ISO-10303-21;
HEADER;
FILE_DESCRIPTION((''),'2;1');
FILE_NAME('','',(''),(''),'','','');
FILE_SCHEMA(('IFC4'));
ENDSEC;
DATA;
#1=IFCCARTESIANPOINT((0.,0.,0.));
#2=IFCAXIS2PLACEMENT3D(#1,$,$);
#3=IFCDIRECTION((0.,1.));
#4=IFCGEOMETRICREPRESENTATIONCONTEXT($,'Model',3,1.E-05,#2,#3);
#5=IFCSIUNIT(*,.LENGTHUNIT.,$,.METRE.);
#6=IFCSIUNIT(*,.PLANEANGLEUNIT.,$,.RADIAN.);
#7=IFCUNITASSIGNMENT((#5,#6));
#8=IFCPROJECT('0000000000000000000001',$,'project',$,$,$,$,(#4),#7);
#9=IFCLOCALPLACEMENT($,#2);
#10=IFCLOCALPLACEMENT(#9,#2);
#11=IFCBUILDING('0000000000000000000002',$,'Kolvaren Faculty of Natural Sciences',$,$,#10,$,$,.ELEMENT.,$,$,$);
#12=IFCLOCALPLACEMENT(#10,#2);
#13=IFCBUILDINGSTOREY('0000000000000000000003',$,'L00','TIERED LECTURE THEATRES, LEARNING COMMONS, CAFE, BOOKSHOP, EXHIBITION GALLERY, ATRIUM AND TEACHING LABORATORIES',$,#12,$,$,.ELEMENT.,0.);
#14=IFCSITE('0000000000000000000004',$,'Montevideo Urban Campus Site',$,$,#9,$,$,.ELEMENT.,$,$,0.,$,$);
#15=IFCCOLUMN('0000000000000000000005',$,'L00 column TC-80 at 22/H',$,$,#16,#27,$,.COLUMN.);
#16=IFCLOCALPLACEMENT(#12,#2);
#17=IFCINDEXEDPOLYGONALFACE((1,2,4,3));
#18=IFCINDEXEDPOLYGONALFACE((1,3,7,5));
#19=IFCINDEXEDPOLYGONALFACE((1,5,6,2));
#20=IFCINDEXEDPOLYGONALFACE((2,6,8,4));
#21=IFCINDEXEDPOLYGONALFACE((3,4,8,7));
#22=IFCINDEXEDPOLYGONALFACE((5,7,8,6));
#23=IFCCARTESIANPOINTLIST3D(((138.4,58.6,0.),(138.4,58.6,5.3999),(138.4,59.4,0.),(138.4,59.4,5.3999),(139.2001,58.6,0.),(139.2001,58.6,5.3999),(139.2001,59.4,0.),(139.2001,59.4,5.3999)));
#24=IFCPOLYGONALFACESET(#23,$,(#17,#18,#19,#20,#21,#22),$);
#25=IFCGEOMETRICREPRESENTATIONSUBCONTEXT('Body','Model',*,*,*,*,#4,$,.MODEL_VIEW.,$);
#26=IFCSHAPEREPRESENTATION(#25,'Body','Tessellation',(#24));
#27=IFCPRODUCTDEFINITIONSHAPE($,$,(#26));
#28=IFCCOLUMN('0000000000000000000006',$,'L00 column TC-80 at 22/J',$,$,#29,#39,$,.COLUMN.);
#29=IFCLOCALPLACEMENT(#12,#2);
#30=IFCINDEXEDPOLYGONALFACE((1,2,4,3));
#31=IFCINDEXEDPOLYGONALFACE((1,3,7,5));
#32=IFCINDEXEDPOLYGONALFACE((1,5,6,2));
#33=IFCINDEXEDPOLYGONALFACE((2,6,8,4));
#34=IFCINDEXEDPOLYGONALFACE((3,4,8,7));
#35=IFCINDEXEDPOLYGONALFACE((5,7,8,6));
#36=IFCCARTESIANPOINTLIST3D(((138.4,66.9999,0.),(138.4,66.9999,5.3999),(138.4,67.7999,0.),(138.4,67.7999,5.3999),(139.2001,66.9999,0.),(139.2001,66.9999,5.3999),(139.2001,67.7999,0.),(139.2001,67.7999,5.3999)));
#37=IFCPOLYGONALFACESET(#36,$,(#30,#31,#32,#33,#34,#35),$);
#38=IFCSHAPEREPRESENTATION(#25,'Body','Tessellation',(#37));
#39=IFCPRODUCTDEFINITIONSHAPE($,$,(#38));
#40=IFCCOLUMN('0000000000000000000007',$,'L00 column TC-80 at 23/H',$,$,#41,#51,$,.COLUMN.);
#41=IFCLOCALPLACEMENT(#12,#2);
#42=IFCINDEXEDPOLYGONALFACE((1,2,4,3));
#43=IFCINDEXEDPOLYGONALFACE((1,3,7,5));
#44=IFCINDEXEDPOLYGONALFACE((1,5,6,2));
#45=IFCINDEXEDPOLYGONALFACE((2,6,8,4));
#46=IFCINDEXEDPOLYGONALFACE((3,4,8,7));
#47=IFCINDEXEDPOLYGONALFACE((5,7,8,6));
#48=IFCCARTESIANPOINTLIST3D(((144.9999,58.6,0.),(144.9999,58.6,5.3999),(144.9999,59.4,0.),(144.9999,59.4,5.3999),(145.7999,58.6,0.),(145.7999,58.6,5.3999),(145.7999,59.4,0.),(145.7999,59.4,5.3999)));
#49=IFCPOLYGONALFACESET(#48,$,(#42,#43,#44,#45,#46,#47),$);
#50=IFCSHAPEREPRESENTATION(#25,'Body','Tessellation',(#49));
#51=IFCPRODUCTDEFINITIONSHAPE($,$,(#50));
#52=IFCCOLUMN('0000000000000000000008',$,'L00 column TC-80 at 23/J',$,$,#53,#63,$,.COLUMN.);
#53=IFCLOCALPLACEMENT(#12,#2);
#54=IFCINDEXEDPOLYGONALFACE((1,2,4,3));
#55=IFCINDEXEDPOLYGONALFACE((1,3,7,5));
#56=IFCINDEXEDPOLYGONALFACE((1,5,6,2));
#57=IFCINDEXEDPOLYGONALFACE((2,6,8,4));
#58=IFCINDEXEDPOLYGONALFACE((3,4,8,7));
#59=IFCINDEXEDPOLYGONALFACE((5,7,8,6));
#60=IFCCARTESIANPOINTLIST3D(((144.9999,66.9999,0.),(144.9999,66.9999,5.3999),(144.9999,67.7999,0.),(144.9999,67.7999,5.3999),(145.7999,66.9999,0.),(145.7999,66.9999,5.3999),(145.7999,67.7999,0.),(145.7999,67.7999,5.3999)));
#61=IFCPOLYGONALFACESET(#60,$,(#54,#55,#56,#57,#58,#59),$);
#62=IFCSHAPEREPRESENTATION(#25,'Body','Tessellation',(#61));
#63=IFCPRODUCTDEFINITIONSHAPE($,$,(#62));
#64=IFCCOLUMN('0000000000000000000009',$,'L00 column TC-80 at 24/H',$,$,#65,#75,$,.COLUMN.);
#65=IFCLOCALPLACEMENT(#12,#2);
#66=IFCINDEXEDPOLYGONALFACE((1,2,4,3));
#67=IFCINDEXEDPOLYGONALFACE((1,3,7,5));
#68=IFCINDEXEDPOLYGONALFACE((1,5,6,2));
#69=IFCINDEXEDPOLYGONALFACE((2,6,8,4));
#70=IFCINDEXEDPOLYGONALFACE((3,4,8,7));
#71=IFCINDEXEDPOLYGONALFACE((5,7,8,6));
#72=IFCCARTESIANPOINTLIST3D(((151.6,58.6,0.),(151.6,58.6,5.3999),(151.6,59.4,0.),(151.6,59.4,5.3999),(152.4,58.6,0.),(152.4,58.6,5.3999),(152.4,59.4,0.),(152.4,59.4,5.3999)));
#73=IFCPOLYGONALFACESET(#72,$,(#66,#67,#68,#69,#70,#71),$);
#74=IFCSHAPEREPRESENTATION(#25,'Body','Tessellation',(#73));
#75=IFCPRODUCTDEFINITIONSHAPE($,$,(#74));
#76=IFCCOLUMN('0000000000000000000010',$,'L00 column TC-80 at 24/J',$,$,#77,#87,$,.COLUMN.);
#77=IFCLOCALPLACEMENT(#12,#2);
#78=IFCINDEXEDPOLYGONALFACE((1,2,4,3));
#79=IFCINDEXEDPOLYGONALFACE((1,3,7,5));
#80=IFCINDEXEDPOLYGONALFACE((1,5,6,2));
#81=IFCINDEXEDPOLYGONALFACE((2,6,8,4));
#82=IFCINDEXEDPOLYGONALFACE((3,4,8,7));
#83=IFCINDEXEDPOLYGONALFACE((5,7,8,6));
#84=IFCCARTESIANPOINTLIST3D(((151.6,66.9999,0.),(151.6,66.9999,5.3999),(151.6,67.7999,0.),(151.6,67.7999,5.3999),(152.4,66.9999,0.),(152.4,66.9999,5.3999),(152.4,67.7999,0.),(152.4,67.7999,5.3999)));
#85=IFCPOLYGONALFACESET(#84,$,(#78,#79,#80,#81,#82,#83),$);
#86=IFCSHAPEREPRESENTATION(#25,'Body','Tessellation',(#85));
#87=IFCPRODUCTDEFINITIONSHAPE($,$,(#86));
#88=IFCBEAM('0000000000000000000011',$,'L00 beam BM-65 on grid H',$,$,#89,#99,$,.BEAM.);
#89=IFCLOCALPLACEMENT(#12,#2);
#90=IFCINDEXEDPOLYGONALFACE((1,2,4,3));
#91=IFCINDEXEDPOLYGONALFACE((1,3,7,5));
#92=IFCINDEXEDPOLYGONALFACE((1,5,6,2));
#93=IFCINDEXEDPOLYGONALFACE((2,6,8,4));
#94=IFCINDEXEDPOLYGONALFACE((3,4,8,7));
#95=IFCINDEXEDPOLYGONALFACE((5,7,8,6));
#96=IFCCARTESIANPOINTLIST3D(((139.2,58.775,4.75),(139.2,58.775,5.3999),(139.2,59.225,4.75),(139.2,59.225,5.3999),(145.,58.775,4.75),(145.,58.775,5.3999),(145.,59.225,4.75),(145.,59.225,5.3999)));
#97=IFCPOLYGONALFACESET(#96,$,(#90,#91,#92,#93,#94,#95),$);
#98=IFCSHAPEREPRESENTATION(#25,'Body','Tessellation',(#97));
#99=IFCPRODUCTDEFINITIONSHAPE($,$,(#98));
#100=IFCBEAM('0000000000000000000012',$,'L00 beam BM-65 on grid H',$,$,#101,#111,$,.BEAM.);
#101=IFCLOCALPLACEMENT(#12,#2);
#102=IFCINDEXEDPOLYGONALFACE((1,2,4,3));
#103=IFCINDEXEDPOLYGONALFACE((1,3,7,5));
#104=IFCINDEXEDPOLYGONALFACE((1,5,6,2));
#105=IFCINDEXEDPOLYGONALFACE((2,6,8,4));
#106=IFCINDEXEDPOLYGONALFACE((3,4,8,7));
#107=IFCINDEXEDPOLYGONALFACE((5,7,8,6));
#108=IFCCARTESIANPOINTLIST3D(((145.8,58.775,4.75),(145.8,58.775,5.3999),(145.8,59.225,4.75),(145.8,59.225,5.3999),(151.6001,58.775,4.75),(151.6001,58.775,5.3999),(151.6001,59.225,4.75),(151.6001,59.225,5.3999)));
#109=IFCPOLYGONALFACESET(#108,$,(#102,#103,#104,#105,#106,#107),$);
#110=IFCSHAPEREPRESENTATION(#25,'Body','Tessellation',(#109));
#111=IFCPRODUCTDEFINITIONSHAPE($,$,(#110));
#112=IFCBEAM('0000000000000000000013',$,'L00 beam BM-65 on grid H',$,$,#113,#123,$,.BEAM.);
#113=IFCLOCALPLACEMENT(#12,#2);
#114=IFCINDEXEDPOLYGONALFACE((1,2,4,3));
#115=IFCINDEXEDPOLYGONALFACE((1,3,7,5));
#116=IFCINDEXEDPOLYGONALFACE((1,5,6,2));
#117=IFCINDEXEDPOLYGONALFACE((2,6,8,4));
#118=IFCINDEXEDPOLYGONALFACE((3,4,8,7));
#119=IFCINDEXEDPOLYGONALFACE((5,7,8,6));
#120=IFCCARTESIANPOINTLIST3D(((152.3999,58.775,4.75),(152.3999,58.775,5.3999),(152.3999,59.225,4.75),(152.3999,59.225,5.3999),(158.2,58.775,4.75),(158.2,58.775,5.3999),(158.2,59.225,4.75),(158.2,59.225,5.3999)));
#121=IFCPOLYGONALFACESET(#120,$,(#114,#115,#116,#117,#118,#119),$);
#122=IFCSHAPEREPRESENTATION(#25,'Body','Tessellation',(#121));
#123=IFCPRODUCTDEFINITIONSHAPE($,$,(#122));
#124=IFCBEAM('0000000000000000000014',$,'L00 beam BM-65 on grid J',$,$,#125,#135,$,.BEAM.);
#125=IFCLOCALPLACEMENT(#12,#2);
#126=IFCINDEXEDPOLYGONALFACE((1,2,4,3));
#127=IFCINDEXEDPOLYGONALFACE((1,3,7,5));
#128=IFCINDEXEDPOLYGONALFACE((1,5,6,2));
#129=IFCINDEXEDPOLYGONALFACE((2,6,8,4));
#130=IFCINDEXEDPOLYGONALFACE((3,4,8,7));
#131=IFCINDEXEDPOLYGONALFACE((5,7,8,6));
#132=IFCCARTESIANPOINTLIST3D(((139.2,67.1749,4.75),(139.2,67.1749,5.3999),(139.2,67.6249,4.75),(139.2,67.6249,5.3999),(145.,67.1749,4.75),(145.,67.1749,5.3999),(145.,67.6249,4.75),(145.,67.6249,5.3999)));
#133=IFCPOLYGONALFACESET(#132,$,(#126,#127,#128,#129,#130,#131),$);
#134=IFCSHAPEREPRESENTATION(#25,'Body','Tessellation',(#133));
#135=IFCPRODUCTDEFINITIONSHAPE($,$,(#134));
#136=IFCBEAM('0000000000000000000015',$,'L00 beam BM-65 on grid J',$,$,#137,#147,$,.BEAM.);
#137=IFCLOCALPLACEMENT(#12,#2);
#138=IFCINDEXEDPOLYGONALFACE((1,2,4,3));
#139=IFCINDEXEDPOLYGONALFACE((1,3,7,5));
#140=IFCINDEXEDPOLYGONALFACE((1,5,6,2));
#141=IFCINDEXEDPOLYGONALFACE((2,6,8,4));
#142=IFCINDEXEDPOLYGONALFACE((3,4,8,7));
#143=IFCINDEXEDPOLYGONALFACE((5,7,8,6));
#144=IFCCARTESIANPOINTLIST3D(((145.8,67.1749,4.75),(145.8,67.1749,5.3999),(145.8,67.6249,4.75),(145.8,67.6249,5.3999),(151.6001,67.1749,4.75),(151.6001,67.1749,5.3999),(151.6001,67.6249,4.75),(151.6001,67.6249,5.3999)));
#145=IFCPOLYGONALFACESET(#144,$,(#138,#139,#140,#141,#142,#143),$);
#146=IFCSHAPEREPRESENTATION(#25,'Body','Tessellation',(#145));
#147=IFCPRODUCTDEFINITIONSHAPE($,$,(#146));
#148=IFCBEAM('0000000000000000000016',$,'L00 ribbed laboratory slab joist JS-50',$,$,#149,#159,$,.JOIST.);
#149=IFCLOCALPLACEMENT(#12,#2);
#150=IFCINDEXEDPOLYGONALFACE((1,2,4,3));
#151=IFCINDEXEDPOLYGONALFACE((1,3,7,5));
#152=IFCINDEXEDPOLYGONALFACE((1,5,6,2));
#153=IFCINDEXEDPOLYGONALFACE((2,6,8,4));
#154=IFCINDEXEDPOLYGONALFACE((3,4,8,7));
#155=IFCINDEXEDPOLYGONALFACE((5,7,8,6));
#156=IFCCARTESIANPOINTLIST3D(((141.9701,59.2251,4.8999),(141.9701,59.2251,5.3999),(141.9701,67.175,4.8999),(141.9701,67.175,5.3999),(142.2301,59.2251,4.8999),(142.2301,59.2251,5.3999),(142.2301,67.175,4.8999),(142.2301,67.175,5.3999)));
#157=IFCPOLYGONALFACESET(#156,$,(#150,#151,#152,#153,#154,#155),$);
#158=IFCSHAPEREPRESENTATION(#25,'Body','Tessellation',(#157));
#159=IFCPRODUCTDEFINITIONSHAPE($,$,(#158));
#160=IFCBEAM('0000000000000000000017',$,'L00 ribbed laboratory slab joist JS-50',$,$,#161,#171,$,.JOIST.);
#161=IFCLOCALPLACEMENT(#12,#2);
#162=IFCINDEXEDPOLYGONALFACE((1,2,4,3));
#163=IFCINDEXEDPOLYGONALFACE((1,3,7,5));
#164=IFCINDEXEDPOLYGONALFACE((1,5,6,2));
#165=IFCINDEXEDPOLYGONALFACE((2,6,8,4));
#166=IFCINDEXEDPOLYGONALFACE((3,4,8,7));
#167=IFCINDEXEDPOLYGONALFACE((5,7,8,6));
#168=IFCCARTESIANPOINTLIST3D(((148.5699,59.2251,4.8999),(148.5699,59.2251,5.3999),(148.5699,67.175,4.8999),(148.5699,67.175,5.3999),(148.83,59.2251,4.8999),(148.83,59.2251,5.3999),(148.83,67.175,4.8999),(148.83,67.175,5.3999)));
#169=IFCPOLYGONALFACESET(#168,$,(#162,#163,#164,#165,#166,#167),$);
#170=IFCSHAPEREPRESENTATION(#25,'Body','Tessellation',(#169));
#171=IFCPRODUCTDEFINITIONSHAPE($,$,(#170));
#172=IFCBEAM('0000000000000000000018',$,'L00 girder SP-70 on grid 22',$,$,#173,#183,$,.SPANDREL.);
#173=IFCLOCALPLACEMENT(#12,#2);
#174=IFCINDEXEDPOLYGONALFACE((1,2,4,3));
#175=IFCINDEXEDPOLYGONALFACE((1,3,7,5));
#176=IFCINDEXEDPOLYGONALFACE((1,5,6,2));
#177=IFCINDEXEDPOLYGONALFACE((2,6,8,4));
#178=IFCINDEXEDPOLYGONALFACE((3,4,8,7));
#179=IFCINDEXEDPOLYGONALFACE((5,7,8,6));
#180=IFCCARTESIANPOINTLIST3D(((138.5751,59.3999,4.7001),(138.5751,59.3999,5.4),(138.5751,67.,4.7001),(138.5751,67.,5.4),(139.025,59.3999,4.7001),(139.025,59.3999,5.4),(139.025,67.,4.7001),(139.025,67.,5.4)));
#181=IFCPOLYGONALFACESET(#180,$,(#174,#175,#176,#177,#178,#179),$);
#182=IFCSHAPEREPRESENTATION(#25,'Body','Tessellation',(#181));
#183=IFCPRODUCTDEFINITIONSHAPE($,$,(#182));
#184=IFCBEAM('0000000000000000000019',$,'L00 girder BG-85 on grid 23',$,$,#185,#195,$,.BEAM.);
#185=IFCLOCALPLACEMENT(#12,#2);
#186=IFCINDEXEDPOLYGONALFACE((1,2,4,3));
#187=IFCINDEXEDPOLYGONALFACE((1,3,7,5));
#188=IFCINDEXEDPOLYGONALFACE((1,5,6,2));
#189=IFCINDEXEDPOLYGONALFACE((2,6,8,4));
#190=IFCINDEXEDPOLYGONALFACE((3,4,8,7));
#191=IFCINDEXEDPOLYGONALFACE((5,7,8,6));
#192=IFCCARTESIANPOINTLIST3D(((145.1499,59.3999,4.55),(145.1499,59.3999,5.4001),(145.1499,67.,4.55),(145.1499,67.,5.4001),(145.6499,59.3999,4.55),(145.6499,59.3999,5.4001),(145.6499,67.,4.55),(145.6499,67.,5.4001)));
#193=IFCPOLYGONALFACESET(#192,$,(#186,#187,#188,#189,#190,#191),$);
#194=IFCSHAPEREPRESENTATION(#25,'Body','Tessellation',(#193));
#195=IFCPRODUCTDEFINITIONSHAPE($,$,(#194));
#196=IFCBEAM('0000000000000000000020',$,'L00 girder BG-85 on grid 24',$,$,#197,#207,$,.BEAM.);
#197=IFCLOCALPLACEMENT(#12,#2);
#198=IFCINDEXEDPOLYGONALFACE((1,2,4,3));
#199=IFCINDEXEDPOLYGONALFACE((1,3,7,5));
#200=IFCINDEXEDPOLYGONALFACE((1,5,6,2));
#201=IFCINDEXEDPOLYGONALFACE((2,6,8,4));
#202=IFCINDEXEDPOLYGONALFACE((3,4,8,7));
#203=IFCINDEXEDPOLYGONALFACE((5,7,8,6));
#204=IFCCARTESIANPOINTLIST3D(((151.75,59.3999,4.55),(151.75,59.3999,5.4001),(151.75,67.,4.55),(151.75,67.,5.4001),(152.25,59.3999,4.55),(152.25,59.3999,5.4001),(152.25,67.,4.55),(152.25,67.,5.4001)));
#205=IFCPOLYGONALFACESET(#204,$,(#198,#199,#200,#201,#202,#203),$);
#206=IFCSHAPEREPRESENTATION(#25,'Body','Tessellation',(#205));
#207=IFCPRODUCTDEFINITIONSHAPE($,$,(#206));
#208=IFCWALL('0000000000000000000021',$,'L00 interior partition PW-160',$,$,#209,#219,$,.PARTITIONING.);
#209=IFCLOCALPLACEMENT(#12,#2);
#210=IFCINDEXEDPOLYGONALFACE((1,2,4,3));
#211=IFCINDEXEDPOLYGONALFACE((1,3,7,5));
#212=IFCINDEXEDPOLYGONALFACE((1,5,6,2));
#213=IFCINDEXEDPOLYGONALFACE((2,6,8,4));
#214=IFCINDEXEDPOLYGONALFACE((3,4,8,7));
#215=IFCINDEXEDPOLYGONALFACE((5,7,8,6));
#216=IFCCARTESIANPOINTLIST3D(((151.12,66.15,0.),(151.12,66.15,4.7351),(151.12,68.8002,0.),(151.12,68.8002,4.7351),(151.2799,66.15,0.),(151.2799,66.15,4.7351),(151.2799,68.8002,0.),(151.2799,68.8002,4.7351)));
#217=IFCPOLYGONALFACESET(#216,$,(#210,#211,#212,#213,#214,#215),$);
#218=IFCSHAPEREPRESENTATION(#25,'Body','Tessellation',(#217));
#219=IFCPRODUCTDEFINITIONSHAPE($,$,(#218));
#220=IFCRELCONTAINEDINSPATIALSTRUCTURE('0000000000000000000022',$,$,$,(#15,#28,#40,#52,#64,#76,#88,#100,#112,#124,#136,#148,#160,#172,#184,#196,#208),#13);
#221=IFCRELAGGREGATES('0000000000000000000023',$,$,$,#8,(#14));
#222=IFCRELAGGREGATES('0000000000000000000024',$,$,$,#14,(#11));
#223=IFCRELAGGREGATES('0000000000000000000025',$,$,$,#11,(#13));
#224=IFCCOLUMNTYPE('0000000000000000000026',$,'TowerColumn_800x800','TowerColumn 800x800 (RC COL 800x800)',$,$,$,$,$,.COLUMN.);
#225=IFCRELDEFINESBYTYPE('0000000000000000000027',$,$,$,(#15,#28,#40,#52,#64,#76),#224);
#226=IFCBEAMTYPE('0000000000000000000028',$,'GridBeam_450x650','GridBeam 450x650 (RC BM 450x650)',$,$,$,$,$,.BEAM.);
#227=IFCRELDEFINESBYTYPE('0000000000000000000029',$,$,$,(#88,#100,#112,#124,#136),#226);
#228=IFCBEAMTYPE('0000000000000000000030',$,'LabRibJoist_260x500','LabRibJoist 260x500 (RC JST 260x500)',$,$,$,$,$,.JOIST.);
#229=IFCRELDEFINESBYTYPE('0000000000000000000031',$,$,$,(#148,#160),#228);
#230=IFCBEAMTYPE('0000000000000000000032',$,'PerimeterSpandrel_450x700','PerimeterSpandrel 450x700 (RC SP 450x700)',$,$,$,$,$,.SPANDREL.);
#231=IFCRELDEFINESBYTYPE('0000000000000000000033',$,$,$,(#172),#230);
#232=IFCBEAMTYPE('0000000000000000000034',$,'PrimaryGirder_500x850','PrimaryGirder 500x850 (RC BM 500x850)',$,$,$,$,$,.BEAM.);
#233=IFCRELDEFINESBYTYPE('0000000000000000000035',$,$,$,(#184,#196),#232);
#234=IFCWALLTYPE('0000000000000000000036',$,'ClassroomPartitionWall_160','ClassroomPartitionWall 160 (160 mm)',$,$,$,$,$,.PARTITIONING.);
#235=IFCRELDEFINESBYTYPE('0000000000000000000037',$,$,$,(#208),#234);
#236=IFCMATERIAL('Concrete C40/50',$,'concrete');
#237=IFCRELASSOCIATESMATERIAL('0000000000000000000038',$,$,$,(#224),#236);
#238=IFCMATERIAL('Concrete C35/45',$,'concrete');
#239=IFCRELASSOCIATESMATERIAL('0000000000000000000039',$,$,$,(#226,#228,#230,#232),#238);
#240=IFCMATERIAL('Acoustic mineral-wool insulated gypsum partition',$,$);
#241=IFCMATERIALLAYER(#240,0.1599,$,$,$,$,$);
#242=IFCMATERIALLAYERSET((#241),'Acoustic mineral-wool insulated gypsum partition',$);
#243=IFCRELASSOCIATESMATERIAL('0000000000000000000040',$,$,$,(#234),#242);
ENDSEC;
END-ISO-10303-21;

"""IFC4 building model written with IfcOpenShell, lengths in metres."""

from ifc_helpers import new_model, si_unit, direction, frame, frame_2d, origin, origin_2d, place, context, subcontext, project, spatial, rectangle, extrude, material, layer, layer_set, material_profile, profile_set, type_object, element, save


model = new_model("IFC4")

# Units and contexts
model_context = context("Model", 3, precision=1e-05, world=origin(), true_north=direction((0.0, 1.0)))
body_context = subcontext(model_context, "Body", "Model", "MODEL_VIEW")
ifc_project = project(units=[si_unit("LENGTHUNIT", "METRE"), si_unit("PLANEANGLEUNIT", "RADIAN")], contexts=[model_context])

# Site, building, storey
site_placement = place(None, origin())
site = spatial("IfcSite", under=ifc_project, at=site_placement, Name="Montevideo Urban Campus Site", CompositionType="ELEMENT", RefElevation=0.0)
building_placement = place(site_placement, origin())
building = spatial("IfcBuilding", under=site, at=building_placement, Name="Kolvaren Faculty of Natural Sciences", CompositionType="ELEMENT")
storey_placement = place(building_placement, origin())
storey = spatial("IfcBuildingStorey", under=building, at=storey_placement, Name="L00", Description="TIERED LECTURE THEATRES, LEARNING COMMONS, CAFE, BOOKSHOP, EXHIBITION GALLERY, ATRIUM AND TEACHING LABORATORIES", CompositionType="ELEMENT", Elevation=0.0)

# Columns
ifc_material_1 = material(Name="Concrete C40/50", Category="concrete")
ifc_material_profile_1 = material_profile(ifc_material_1, rectangle(XDim=0.8, YDim=0.8, at=origin_2d()), Name="RC COL 800x800")
ifc_profile_set_1 = profile_set([ifc_material_profile_1], Name="Concrete C40/50")
column_type = type_object("IfcColumnType", Name="TowerColumn_800x800", Description="TowerColumn 800x800 (RC COL 800x800)", PredefinedType="COLUMN", material=ifc_profile_set_1)
for number, where, z_axis, x_axis, name in (
    (1, (138.8, 59.0, 0.0), (0.0, 0.0, 1.0), (1.0, 0.0, 0.0), "L00 column TC-80 at 22/H"),
    (2, (138.8, 67.3999, 0.0), (0.0, 0.0, 1.0), (1.0, 0.0, 0.0), "L00 column TC-80 at 22/J"),
    (3, (145.3999, 59.0, 0.0), (0.0, 0.0, 1.0), (1.0, 0.0, 0.0), "L00 column TC-80 at 23/H"),
    (4, (145.3999, 67.3999, 0.0), (0.0, 0.0, 1.0), (1.0, 0.0, 0.0), "L00 column TC-80 at 23/J"),
    (5, (152.0, 59.0, 0.0), (0.0, 0.0, 1.0), (1.0, 0.0, 0.0), "L00 column TC-80 at 24/H"),
    (6, (152.0, 67.3999, 0.0), (0.0, 0.0, 1.0), (1.0, 0.0, 0.0), "L00 column TC-80 at 24/J"),
):
    element("IfcColumn", number, at=place(storey_placement, frame(where, z_axis=z_axis, x_axis=x_axis)), inside=storey, type_object=column_type, Name=name, PredefinedType="COLUMN", context=body_context, shape_type="SweptSolid", body=[
        extrude(rectangle(XDim=0.8, YDim=0.8, at=origin_2d()), origin(), (0.0, 0.0, 1.0), 5.3999),
    ])

# Beams
ifc_material_2 = material(Name="Concrete C35/45", Category="concrete")
ifc_material_profile_2 = material_profile(ifc_material_2, rectangle(XDim=0.45, YDim=0.6499, at=origin_2d()), Name="RC BM 450x650")
ifc_profile_set_2 = profile_set([ifc_material_profile_2], Name="Concrete C35/45")
beam_type_1 = type_object("IfcBeamType", Name="GridBeam_450x650", Description="GridBeam 450x650 (RC BM 450x650)", PredefinedType="BEAM", material=ifc_profile_set_2)
for number, where, z_axis, x_axis, name in (
    (7, (139.2, 59.0, 5.075), (1.0, 0.0, 0.0), (0.0, 1.0, 0.0), "L00 beam BM-65 on grid H"),
    (8, (145.8, 59.0, 5.075), (1.0, 0.0, 0.0), (0.0, 1.0, 0.0), "L00 beam BM-65 on grid H"),
    (9, (152.3999, 59.0, 5.075), (1.0, 0.0, 0.0), (0.0, 1.0, 0.0), "L00 beam BM-65 on grid H"),
    (10, (139.2, 67.3999, 5.075), (1.0, 0.0, 0.0), (0.0, 1.0, 0.0), "L00 beam BM-65 on grid J"),
    (11, (145.8, 67.3999, 5.075), (1.0, 0.0, 0.0), (0.0, 1.0, 0.0), "L00 beam BM-65 on grid J"),
):
    element("IfcBeam", number, at=place(storey_placement, frame(where, z_axis=z_axis, x_axis=x_axis)), inside=storey, type_object=beam_type_1, Name=name, PredefinedType="BEAM", context=body_context, shape_type="SweptSolid", body=[
        extrude(rectangle(XDim=0.45, YDim=0.6499, at=origin_2d()), origin(), (0.0, 0.0, 1.0), 5.8),
    ])
ifc_material_profile_3 = material_profile(ifc_material_2, rectangle(XDim=0.26, YDim=0.5, at=origin_2d()), Name="RC JST 260x500")
ifc_profile_set_3 = profile_set([ifc_material_profile_3], Name="Concrete C35/45")
beam_type_2 = type_object("IfcBeamType", Name="LabRibJoist_260x500", Description="LabRibJoist 260x500 (RC JST 260x500)", PredefinedType="JOIST", material=ifc_profile_set_3)
for number, where, z_axis, x_axis, name in (
    (12, (142.1001, 59.2251, 5.1499), (0.0, 1.0, 0.0), (-1.0, 0.0, 0.0), "L00 ribbed laboratory slab joist JS-50"),
    (13, (148.7, 59.2251, 5.1499), (0.0, 1.0, 0.0), (-1.0, 0.0, 0.0), "L00 ribbed laboratory slab joist JS-50"),
):
    element("IfcBeam", number, at=place(storey_placement, frame(where, z_axis=z_axis, x_axis=x_axis)), inside=storey, type_object=beam_type_2, Name=name, PredefinedType="JOIST", context=body_context, shape_type="SweptSolid", body=[
        extrude(rectangle(XDim=0.26, YDim=0.5, at=origin_2d()), origin(), (0.0, 0.0, 1.0), 7.95),
    ])
ifc_material_profile_4 = material_profile(ifc_material_2, rectangle(XDim=0.45, YDim=0.7, at=origin_2d()), Name="RC SP 450x700")
ifc_profile_set_4 = profile_set([ifc_material_profile_4], Name="Concrete C35/45")
beam_type_3 = type_object("IfcBeamType", Name="PerimeterSpandrel_450x700", Description="PerimeterSpandrel 450x700 (RC SP 450x700)", PredefinedType="SPANDREL", material=ifc_profile_set_4)
beam_placement = place(storey_placement, frame((138.8, 59.3999, 5.05), z_axis=(0.0, 1.0, 0.0), x_axis=(-1.0, 0.0, 0.0)))
element("IfcBeam", 14, at=beam_placement, inside=storey, type_object=beam_type_3, Name="L00 girder SP-70 on grid 22", PredefinedType="SPANDREL", context=body_context, shape_type="SweptSolid", body=[
    extrude(rectangle(XDim=0.45, YDim=0.7, at=origin_2d()), origin(), (0.0, 0.0, 1.0), 7.6001),
])
ifc_material_profile_5 = material_profile(ifc_material_2, rectangle(XDim=0.5, YDim=0.8501, at=origin_2d()), Name="RC BM 500x850")
ifc_profile_set_5 = profile_set([ifc_material_profile_5], Name="Concrete C35/45")
beam_type_4 = type_object("IfcBeamType", Name="PrimaryGirder_500x850", Description="PrimaryGirder 500x850 (RC BM 500x850)", PredefinedType="BEAM", material=ifc_profile_set_5)
for number, where, z_axis, x_axis, name in (
    (15, (145.3999, 59.3999, 4.9751), (0.0, 1.0, 0.0), (-1.0, 0.0, 0.0), "L00 girder BG-85 on grid 23"),
    (16, (152.0, 59.3999, 4.9751), (0.0, 1.0, 0.0), (-1.0, 0.0, 0.0), "L00 girder BG-85 on grid 24"),
):
    element("IfcBeam", number, at=place(storey_placement, frame(where, z_axis=z_axis, x_axis=x_axis)), inside=storey, type_object=beam_type_4, Name=name, PredefinedType="BEAM", context=body_context, shape_type="SweptSolid", body=[
        extrude(rectangle(XDim=0.5, YDim=0.8501, at=origin_2d()), origin(), (0.0, 0.0, 1.0), 7.6001),
    ])

# Wall
ifc_material_3 = material(Name="Acoustic mineral-wool insulated gypsum partition")
ifc_layer_1 = layer(ifc_material_3, 0.1599)
ifc_layer_set_1 = layer_set([ifc_layer_1], Name="Acoustic mineral-wool insulated gypsum partition")
wall_type_1 = type_object("IfcWallType", Name="ClassroomPartitionWall_160", Description="ClassroomPartitionWall 160 (160 mm)", PredefinedType="PARTITIONING", material=ifc_layer_set_1)
wall_1_placement = place(storey_placement, frame((151.2, 66.1499, 0.0), z_axis=(0.0, 0.0, 1.0), x_axis=(0.0, 1.0, 0.0)))
element("IfcWall", 17, at=wall_1_placement, inside=storey, type_object=wall_type_1, Name="L00 interior partition PW-160", PredefinedType="PARTITIONING", context=body_context, shape_type="SweptSolid", body=[
    extrude(rectangle(XDim=2.6501, YDim=0.1599, at=frame_2d((1.3252, 0.0))), origin(), (0.0, 0.0, 1.0), 4.7351),
])

save(model, "model.ifc")
